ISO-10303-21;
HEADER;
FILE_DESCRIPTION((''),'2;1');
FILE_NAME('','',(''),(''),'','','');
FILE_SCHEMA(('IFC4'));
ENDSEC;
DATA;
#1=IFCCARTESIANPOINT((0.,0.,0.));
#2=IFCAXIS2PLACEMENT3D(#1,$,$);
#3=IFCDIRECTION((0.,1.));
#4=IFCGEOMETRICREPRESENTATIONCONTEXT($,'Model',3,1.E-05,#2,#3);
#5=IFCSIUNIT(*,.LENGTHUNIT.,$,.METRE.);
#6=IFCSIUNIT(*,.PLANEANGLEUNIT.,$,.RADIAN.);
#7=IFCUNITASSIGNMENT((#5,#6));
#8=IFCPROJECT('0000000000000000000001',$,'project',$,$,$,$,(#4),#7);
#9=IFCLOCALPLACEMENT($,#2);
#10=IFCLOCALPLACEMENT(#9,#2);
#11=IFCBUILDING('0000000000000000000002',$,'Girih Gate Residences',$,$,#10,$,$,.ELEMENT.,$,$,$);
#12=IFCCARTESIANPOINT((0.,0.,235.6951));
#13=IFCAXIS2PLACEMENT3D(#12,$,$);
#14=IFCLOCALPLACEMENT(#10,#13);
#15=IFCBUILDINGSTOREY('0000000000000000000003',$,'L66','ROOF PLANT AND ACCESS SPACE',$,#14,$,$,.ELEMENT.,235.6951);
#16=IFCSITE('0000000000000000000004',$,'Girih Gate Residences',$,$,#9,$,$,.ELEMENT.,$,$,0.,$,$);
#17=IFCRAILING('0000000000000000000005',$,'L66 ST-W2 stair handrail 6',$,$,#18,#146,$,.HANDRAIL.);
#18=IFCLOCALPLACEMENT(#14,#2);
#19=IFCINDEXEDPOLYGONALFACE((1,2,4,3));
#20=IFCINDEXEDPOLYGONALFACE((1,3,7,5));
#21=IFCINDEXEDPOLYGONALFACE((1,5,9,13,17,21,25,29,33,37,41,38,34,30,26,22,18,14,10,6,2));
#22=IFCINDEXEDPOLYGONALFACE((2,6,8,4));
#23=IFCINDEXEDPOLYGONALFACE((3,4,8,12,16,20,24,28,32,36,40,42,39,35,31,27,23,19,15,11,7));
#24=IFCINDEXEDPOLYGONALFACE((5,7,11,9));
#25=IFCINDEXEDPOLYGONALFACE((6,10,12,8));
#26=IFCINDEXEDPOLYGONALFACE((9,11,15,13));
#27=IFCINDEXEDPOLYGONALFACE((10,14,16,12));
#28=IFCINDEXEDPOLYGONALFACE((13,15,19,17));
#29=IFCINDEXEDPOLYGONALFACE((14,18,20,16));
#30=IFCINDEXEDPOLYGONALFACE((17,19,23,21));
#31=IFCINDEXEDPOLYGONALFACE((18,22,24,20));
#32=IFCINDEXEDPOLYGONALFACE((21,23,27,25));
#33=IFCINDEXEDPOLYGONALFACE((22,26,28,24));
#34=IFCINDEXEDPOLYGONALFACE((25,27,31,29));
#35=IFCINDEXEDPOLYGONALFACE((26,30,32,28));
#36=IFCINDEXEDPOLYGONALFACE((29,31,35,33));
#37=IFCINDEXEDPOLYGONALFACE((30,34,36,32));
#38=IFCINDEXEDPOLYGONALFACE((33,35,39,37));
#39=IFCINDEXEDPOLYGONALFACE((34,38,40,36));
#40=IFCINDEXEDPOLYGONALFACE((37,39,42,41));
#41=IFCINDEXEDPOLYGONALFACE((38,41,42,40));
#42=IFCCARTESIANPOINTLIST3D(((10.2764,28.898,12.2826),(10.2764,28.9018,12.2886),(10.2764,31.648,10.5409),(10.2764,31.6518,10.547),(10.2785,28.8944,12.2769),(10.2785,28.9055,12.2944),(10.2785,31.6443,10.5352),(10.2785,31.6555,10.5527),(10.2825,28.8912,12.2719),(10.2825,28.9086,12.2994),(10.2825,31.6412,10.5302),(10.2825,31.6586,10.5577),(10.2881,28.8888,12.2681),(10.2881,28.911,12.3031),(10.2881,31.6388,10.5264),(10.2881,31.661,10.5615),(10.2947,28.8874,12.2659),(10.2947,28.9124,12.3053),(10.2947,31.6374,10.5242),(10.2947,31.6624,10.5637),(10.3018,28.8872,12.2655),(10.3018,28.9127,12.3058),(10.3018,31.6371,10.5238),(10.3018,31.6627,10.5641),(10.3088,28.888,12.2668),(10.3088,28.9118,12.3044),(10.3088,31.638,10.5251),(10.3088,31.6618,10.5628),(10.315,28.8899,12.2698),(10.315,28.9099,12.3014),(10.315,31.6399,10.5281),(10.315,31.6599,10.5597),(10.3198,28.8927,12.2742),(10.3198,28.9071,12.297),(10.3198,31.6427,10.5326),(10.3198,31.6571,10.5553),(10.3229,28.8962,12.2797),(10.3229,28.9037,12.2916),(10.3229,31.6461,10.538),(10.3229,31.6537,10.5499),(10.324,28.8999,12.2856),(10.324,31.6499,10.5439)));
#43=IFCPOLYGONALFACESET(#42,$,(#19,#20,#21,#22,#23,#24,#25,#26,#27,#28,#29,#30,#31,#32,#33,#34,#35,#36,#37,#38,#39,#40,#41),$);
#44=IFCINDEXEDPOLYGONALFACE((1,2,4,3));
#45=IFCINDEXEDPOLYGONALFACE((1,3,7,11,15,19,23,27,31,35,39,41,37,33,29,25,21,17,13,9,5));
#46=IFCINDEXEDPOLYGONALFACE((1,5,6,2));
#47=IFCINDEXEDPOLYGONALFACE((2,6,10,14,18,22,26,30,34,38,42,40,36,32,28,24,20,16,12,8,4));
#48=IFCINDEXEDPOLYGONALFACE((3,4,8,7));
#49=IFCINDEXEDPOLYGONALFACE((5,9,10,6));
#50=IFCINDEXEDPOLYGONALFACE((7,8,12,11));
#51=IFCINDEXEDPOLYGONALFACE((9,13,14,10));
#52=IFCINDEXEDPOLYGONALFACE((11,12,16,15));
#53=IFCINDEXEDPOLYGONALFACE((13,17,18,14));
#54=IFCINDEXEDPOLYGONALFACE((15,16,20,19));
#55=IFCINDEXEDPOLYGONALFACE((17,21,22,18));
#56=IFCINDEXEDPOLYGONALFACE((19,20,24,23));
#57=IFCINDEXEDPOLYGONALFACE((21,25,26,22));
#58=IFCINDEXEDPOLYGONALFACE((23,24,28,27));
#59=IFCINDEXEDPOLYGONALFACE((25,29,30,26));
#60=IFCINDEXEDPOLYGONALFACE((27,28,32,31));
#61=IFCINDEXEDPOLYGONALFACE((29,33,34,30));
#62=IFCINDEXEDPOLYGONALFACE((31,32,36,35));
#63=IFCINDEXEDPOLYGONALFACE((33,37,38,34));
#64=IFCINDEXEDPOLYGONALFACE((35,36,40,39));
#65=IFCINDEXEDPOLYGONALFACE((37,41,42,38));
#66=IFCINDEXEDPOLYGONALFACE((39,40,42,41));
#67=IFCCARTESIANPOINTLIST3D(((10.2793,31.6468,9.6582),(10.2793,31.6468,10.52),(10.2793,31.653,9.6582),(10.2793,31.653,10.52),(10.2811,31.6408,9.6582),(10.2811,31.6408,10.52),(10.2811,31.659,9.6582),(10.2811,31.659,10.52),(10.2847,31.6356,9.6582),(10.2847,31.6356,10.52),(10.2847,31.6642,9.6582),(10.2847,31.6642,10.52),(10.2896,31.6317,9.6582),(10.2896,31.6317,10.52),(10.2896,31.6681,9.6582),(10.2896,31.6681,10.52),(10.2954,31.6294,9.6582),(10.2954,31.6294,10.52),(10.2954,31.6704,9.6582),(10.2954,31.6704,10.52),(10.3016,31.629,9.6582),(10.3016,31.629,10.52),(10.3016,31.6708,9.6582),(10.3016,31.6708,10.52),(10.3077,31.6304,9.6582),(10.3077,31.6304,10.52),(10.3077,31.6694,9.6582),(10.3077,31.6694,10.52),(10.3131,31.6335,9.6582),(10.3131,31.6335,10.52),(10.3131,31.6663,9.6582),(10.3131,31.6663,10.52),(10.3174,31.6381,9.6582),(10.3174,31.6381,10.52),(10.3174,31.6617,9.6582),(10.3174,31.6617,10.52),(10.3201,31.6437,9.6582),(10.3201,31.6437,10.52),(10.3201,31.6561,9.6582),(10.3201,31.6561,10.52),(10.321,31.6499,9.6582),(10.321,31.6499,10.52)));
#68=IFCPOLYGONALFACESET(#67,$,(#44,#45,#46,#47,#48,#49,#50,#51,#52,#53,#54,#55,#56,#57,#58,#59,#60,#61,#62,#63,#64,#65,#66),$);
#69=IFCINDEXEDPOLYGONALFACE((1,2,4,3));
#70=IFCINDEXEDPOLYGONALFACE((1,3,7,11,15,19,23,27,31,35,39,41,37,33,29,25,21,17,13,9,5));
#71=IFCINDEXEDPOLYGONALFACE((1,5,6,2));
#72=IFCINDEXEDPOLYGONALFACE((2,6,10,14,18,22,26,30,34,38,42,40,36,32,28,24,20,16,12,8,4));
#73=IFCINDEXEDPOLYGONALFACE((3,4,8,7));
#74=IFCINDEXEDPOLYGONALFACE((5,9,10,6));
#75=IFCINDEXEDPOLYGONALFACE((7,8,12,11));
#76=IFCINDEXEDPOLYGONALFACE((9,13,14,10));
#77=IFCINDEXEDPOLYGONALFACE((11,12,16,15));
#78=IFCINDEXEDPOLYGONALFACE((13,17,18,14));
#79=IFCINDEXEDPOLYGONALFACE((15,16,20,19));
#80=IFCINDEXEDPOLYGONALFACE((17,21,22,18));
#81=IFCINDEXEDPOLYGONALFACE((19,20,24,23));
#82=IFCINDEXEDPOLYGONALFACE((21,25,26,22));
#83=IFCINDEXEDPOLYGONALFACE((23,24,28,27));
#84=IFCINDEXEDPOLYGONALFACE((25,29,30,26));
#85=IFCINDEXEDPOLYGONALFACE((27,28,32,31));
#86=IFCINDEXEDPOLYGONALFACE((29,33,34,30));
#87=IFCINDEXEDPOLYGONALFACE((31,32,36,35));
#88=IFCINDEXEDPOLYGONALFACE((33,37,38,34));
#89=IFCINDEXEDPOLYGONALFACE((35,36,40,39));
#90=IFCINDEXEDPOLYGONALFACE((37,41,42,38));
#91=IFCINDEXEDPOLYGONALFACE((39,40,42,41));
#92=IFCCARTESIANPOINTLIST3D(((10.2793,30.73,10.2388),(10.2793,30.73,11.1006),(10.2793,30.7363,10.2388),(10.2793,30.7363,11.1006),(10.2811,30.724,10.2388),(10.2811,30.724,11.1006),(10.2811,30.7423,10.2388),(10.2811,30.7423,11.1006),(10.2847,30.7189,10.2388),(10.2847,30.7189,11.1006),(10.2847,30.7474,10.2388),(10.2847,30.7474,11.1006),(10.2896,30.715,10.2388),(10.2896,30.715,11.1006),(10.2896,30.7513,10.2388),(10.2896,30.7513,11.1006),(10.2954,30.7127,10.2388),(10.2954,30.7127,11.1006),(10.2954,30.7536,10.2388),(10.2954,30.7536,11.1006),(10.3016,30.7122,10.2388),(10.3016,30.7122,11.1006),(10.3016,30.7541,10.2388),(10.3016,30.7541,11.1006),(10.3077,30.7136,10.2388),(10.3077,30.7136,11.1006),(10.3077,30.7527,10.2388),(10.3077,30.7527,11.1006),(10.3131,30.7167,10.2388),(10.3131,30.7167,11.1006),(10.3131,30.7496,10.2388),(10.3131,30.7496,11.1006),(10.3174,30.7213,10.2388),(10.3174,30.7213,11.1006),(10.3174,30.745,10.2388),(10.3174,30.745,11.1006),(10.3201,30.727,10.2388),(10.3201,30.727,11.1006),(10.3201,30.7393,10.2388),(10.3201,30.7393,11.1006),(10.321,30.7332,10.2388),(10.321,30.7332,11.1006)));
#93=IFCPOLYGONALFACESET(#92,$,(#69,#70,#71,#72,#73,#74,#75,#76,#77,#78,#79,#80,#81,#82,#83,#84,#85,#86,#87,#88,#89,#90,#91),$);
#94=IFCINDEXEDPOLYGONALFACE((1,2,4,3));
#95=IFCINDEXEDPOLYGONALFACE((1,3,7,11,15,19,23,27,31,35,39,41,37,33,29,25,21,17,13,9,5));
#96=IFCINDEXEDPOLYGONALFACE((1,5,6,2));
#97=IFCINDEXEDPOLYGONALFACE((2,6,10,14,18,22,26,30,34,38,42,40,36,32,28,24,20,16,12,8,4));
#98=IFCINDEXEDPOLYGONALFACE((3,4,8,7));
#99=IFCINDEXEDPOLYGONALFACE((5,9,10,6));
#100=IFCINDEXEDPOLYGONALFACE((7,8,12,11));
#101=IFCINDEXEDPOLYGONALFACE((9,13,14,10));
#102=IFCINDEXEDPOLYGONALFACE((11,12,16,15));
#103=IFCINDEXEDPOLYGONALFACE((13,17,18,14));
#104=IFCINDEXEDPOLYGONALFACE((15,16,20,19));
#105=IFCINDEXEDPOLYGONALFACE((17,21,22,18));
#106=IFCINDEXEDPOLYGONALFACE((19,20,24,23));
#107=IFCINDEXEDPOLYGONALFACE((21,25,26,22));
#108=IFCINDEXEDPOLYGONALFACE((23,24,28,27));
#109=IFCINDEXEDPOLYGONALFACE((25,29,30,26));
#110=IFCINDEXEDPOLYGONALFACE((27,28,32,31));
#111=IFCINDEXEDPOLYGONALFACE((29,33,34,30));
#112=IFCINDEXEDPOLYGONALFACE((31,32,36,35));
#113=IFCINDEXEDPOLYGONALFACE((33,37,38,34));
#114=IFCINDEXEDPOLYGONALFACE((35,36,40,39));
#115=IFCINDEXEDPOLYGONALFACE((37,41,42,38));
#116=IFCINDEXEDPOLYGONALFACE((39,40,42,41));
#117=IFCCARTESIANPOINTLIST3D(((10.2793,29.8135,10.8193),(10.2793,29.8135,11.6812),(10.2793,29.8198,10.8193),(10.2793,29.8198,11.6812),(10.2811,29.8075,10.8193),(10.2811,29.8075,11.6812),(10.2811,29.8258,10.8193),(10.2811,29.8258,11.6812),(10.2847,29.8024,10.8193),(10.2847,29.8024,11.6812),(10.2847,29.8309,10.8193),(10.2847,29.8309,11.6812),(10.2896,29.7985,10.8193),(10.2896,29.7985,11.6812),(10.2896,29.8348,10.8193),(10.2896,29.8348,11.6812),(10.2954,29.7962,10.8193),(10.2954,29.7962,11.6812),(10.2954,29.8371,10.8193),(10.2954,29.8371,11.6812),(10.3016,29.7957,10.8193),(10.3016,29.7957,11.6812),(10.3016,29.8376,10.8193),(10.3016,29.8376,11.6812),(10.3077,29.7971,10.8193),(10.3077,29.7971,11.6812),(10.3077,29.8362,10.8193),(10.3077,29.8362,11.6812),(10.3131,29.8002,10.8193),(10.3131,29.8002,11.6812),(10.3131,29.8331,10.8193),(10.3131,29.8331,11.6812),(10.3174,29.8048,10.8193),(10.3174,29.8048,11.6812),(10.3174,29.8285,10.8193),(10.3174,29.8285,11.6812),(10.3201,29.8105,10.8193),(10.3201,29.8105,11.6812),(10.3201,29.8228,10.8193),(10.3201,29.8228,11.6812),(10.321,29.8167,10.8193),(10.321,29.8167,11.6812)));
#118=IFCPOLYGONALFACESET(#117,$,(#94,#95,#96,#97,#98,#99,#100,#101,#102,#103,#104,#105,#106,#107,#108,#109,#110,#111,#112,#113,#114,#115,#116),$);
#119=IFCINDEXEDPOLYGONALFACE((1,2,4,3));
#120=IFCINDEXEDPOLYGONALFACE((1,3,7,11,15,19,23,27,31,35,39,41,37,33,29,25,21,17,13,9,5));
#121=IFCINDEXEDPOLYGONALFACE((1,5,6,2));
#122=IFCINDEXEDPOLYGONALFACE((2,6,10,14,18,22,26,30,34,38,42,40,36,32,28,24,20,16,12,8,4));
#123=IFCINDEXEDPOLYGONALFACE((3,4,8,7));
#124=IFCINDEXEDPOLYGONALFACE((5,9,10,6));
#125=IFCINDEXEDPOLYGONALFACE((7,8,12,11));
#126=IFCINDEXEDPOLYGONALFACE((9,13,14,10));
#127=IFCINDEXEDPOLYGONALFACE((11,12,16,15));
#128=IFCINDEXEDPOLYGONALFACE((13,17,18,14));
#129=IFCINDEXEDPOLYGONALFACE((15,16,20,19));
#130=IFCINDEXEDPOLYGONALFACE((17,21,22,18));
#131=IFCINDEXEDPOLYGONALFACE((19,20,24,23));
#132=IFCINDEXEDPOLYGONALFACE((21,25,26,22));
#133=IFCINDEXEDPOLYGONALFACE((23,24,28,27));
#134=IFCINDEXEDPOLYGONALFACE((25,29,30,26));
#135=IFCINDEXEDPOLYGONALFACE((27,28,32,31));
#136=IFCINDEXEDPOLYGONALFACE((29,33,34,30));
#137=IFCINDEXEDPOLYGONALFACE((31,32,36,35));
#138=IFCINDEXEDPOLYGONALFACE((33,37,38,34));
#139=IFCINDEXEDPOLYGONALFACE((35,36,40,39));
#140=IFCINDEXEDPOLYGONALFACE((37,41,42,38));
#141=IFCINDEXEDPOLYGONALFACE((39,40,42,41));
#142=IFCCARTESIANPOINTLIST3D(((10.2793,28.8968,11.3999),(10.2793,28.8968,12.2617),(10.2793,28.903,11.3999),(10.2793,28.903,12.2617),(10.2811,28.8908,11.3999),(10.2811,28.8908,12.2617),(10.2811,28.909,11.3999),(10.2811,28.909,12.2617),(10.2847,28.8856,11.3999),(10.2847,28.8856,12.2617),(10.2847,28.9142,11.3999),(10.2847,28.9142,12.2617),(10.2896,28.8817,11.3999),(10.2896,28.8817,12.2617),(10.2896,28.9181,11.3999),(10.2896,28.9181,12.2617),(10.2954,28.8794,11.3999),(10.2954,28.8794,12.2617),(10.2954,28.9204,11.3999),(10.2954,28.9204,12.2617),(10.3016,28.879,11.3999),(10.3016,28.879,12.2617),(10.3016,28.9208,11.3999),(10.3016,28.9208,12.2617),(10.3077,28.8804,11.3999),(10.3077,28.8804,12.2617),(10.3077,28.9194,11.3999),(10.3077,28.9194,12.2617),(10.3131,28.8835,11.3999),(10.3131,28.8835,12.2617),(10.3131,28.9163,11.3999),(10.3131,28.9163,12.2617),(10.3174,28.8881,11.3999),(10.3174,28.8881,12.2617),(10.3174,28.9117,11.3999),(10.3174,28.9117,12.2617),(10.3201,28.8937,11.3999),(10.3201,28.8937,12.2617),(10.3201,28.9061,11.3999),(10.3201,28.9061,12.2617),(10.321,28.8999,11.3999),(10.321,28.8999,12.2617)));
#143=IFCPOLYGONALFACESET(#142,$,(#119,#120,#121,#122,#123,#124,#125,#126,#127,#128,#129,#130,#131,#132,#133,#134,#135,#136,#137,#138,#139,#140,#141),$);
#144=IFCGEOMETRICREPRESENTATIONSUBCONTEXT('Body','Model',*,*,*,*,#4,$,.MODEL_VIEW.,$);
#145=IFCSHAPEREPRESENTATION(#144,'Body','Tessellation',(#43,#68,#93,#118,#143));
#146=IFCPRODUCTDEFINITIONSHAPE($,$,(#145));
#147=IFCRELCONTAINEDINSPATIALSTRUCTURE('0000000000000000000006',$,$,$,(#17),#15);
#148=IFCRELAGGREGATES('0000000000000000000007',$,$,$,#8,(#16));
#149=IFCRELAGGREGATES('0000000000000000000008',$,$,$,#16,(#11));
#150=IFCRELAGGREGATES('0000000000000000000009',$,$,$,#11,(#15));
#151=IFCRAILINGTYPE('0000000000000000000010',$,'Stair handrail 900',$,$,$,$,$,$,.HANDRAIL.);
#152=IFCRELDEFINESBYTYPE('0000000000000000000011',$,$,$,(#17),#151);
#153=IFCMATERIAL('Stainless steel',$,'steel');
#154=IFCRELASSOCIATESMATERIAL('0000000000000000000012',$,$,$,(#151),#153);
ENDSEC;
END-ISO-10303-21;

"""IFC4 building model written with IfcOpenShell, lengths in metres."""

from ifc_helpers import new_model, si_unit, direction, frame, origin, origin_2d, place, context, subcontext, project, spatial, circle, extrude, material, type_object, element, save


model = new_model("IFC4")

# Units and contexts
model_context = context("Model", 3, precision=1e-05, world=origin(), true_north=direction((0.0, 1.0)))
body_context = subcontext(model_context, "Body", "Model", "MODEL_VIEW")
ifc_project = project(units=[si_unit("LENGTHUNIT", "METRE"), si_unit("PLANEANGLEUNIT", "RADIAN")], contexts=[model_context])

# Site, building, storey
site_placement = place(None, origin())
site = spatial("IfcSite", under=ifc_project, at=site_placement, Name="Girih Gate Residences", CompositionType="ELEMENT", RefElevation=0.0)
building_placement = place(site_placement, origin())
building = spatial("IfcBuilding", under=site, at=building_placement, Name="Girih Gate Residences", CompositionType="ELEMENT")
storey_placement = place(building_placement, frame((0.0, 0.0, 235.6951)))
storey = spatial("IfcBuildingStorey", under=building, at=storey_placement, Name="L66", Description="ROOF PLANT AND ACCESS SPACE", CompositionType="ELEMENT", Elevation=235.6951)

# Railing
ifc_material_1 = material(Name="Stainless steel", Category="steel")
railing_type_1 = type_object("IfcRailingType", Name="Stair handrail 900", PredefinedType="HANDRAIL", material=ifc_material_1)
railing_1_placement = place(storey_placement, frame((10.3, 31.6499, 9.6582)))
element("IfcRailing", 1, at=railing_1_placement, inside=storey, type_object=railing_type_1, Name="L66 ST-W2 stair handrail 6", PredefinedType="HANDRAIL", context=body_context, shape_type="SweptSolid", body=[
    extrude(circle(Radius=0.0239, at=origin_2d()), frame((0.0, 0.0, 0.8857), z_axis=(0.0, -0.844815, 0.535059), x_axis=(1.0, 0.0, 0.0)), (0.0, 0.0, 1.0), 3.2551),
    extrude(circle(Radius=0.021, at=origin_2d()), origin(), (0.0, 0.0, 1.0), 0.8618),
    extrude(circle(Radius=0.021, at=origin_2d()), frame((0.0, -0.9167, 0.5806)), (0.0, 0.0, 1.0), 0.8618),
    extrude(circle(Radius=0.021, at=origin_2d()), frame((0.0, -1.8333, 1.1611)), (0.0, 0.0, 1.0), 0.8618),
    extrude(circle(Radius=0.021, at=origin_2d()), frame((0.0, -2.75, 1.7417)), (0.0, 0.0, 1.0), 0.8618),
])

save(model, "model.ifc")
